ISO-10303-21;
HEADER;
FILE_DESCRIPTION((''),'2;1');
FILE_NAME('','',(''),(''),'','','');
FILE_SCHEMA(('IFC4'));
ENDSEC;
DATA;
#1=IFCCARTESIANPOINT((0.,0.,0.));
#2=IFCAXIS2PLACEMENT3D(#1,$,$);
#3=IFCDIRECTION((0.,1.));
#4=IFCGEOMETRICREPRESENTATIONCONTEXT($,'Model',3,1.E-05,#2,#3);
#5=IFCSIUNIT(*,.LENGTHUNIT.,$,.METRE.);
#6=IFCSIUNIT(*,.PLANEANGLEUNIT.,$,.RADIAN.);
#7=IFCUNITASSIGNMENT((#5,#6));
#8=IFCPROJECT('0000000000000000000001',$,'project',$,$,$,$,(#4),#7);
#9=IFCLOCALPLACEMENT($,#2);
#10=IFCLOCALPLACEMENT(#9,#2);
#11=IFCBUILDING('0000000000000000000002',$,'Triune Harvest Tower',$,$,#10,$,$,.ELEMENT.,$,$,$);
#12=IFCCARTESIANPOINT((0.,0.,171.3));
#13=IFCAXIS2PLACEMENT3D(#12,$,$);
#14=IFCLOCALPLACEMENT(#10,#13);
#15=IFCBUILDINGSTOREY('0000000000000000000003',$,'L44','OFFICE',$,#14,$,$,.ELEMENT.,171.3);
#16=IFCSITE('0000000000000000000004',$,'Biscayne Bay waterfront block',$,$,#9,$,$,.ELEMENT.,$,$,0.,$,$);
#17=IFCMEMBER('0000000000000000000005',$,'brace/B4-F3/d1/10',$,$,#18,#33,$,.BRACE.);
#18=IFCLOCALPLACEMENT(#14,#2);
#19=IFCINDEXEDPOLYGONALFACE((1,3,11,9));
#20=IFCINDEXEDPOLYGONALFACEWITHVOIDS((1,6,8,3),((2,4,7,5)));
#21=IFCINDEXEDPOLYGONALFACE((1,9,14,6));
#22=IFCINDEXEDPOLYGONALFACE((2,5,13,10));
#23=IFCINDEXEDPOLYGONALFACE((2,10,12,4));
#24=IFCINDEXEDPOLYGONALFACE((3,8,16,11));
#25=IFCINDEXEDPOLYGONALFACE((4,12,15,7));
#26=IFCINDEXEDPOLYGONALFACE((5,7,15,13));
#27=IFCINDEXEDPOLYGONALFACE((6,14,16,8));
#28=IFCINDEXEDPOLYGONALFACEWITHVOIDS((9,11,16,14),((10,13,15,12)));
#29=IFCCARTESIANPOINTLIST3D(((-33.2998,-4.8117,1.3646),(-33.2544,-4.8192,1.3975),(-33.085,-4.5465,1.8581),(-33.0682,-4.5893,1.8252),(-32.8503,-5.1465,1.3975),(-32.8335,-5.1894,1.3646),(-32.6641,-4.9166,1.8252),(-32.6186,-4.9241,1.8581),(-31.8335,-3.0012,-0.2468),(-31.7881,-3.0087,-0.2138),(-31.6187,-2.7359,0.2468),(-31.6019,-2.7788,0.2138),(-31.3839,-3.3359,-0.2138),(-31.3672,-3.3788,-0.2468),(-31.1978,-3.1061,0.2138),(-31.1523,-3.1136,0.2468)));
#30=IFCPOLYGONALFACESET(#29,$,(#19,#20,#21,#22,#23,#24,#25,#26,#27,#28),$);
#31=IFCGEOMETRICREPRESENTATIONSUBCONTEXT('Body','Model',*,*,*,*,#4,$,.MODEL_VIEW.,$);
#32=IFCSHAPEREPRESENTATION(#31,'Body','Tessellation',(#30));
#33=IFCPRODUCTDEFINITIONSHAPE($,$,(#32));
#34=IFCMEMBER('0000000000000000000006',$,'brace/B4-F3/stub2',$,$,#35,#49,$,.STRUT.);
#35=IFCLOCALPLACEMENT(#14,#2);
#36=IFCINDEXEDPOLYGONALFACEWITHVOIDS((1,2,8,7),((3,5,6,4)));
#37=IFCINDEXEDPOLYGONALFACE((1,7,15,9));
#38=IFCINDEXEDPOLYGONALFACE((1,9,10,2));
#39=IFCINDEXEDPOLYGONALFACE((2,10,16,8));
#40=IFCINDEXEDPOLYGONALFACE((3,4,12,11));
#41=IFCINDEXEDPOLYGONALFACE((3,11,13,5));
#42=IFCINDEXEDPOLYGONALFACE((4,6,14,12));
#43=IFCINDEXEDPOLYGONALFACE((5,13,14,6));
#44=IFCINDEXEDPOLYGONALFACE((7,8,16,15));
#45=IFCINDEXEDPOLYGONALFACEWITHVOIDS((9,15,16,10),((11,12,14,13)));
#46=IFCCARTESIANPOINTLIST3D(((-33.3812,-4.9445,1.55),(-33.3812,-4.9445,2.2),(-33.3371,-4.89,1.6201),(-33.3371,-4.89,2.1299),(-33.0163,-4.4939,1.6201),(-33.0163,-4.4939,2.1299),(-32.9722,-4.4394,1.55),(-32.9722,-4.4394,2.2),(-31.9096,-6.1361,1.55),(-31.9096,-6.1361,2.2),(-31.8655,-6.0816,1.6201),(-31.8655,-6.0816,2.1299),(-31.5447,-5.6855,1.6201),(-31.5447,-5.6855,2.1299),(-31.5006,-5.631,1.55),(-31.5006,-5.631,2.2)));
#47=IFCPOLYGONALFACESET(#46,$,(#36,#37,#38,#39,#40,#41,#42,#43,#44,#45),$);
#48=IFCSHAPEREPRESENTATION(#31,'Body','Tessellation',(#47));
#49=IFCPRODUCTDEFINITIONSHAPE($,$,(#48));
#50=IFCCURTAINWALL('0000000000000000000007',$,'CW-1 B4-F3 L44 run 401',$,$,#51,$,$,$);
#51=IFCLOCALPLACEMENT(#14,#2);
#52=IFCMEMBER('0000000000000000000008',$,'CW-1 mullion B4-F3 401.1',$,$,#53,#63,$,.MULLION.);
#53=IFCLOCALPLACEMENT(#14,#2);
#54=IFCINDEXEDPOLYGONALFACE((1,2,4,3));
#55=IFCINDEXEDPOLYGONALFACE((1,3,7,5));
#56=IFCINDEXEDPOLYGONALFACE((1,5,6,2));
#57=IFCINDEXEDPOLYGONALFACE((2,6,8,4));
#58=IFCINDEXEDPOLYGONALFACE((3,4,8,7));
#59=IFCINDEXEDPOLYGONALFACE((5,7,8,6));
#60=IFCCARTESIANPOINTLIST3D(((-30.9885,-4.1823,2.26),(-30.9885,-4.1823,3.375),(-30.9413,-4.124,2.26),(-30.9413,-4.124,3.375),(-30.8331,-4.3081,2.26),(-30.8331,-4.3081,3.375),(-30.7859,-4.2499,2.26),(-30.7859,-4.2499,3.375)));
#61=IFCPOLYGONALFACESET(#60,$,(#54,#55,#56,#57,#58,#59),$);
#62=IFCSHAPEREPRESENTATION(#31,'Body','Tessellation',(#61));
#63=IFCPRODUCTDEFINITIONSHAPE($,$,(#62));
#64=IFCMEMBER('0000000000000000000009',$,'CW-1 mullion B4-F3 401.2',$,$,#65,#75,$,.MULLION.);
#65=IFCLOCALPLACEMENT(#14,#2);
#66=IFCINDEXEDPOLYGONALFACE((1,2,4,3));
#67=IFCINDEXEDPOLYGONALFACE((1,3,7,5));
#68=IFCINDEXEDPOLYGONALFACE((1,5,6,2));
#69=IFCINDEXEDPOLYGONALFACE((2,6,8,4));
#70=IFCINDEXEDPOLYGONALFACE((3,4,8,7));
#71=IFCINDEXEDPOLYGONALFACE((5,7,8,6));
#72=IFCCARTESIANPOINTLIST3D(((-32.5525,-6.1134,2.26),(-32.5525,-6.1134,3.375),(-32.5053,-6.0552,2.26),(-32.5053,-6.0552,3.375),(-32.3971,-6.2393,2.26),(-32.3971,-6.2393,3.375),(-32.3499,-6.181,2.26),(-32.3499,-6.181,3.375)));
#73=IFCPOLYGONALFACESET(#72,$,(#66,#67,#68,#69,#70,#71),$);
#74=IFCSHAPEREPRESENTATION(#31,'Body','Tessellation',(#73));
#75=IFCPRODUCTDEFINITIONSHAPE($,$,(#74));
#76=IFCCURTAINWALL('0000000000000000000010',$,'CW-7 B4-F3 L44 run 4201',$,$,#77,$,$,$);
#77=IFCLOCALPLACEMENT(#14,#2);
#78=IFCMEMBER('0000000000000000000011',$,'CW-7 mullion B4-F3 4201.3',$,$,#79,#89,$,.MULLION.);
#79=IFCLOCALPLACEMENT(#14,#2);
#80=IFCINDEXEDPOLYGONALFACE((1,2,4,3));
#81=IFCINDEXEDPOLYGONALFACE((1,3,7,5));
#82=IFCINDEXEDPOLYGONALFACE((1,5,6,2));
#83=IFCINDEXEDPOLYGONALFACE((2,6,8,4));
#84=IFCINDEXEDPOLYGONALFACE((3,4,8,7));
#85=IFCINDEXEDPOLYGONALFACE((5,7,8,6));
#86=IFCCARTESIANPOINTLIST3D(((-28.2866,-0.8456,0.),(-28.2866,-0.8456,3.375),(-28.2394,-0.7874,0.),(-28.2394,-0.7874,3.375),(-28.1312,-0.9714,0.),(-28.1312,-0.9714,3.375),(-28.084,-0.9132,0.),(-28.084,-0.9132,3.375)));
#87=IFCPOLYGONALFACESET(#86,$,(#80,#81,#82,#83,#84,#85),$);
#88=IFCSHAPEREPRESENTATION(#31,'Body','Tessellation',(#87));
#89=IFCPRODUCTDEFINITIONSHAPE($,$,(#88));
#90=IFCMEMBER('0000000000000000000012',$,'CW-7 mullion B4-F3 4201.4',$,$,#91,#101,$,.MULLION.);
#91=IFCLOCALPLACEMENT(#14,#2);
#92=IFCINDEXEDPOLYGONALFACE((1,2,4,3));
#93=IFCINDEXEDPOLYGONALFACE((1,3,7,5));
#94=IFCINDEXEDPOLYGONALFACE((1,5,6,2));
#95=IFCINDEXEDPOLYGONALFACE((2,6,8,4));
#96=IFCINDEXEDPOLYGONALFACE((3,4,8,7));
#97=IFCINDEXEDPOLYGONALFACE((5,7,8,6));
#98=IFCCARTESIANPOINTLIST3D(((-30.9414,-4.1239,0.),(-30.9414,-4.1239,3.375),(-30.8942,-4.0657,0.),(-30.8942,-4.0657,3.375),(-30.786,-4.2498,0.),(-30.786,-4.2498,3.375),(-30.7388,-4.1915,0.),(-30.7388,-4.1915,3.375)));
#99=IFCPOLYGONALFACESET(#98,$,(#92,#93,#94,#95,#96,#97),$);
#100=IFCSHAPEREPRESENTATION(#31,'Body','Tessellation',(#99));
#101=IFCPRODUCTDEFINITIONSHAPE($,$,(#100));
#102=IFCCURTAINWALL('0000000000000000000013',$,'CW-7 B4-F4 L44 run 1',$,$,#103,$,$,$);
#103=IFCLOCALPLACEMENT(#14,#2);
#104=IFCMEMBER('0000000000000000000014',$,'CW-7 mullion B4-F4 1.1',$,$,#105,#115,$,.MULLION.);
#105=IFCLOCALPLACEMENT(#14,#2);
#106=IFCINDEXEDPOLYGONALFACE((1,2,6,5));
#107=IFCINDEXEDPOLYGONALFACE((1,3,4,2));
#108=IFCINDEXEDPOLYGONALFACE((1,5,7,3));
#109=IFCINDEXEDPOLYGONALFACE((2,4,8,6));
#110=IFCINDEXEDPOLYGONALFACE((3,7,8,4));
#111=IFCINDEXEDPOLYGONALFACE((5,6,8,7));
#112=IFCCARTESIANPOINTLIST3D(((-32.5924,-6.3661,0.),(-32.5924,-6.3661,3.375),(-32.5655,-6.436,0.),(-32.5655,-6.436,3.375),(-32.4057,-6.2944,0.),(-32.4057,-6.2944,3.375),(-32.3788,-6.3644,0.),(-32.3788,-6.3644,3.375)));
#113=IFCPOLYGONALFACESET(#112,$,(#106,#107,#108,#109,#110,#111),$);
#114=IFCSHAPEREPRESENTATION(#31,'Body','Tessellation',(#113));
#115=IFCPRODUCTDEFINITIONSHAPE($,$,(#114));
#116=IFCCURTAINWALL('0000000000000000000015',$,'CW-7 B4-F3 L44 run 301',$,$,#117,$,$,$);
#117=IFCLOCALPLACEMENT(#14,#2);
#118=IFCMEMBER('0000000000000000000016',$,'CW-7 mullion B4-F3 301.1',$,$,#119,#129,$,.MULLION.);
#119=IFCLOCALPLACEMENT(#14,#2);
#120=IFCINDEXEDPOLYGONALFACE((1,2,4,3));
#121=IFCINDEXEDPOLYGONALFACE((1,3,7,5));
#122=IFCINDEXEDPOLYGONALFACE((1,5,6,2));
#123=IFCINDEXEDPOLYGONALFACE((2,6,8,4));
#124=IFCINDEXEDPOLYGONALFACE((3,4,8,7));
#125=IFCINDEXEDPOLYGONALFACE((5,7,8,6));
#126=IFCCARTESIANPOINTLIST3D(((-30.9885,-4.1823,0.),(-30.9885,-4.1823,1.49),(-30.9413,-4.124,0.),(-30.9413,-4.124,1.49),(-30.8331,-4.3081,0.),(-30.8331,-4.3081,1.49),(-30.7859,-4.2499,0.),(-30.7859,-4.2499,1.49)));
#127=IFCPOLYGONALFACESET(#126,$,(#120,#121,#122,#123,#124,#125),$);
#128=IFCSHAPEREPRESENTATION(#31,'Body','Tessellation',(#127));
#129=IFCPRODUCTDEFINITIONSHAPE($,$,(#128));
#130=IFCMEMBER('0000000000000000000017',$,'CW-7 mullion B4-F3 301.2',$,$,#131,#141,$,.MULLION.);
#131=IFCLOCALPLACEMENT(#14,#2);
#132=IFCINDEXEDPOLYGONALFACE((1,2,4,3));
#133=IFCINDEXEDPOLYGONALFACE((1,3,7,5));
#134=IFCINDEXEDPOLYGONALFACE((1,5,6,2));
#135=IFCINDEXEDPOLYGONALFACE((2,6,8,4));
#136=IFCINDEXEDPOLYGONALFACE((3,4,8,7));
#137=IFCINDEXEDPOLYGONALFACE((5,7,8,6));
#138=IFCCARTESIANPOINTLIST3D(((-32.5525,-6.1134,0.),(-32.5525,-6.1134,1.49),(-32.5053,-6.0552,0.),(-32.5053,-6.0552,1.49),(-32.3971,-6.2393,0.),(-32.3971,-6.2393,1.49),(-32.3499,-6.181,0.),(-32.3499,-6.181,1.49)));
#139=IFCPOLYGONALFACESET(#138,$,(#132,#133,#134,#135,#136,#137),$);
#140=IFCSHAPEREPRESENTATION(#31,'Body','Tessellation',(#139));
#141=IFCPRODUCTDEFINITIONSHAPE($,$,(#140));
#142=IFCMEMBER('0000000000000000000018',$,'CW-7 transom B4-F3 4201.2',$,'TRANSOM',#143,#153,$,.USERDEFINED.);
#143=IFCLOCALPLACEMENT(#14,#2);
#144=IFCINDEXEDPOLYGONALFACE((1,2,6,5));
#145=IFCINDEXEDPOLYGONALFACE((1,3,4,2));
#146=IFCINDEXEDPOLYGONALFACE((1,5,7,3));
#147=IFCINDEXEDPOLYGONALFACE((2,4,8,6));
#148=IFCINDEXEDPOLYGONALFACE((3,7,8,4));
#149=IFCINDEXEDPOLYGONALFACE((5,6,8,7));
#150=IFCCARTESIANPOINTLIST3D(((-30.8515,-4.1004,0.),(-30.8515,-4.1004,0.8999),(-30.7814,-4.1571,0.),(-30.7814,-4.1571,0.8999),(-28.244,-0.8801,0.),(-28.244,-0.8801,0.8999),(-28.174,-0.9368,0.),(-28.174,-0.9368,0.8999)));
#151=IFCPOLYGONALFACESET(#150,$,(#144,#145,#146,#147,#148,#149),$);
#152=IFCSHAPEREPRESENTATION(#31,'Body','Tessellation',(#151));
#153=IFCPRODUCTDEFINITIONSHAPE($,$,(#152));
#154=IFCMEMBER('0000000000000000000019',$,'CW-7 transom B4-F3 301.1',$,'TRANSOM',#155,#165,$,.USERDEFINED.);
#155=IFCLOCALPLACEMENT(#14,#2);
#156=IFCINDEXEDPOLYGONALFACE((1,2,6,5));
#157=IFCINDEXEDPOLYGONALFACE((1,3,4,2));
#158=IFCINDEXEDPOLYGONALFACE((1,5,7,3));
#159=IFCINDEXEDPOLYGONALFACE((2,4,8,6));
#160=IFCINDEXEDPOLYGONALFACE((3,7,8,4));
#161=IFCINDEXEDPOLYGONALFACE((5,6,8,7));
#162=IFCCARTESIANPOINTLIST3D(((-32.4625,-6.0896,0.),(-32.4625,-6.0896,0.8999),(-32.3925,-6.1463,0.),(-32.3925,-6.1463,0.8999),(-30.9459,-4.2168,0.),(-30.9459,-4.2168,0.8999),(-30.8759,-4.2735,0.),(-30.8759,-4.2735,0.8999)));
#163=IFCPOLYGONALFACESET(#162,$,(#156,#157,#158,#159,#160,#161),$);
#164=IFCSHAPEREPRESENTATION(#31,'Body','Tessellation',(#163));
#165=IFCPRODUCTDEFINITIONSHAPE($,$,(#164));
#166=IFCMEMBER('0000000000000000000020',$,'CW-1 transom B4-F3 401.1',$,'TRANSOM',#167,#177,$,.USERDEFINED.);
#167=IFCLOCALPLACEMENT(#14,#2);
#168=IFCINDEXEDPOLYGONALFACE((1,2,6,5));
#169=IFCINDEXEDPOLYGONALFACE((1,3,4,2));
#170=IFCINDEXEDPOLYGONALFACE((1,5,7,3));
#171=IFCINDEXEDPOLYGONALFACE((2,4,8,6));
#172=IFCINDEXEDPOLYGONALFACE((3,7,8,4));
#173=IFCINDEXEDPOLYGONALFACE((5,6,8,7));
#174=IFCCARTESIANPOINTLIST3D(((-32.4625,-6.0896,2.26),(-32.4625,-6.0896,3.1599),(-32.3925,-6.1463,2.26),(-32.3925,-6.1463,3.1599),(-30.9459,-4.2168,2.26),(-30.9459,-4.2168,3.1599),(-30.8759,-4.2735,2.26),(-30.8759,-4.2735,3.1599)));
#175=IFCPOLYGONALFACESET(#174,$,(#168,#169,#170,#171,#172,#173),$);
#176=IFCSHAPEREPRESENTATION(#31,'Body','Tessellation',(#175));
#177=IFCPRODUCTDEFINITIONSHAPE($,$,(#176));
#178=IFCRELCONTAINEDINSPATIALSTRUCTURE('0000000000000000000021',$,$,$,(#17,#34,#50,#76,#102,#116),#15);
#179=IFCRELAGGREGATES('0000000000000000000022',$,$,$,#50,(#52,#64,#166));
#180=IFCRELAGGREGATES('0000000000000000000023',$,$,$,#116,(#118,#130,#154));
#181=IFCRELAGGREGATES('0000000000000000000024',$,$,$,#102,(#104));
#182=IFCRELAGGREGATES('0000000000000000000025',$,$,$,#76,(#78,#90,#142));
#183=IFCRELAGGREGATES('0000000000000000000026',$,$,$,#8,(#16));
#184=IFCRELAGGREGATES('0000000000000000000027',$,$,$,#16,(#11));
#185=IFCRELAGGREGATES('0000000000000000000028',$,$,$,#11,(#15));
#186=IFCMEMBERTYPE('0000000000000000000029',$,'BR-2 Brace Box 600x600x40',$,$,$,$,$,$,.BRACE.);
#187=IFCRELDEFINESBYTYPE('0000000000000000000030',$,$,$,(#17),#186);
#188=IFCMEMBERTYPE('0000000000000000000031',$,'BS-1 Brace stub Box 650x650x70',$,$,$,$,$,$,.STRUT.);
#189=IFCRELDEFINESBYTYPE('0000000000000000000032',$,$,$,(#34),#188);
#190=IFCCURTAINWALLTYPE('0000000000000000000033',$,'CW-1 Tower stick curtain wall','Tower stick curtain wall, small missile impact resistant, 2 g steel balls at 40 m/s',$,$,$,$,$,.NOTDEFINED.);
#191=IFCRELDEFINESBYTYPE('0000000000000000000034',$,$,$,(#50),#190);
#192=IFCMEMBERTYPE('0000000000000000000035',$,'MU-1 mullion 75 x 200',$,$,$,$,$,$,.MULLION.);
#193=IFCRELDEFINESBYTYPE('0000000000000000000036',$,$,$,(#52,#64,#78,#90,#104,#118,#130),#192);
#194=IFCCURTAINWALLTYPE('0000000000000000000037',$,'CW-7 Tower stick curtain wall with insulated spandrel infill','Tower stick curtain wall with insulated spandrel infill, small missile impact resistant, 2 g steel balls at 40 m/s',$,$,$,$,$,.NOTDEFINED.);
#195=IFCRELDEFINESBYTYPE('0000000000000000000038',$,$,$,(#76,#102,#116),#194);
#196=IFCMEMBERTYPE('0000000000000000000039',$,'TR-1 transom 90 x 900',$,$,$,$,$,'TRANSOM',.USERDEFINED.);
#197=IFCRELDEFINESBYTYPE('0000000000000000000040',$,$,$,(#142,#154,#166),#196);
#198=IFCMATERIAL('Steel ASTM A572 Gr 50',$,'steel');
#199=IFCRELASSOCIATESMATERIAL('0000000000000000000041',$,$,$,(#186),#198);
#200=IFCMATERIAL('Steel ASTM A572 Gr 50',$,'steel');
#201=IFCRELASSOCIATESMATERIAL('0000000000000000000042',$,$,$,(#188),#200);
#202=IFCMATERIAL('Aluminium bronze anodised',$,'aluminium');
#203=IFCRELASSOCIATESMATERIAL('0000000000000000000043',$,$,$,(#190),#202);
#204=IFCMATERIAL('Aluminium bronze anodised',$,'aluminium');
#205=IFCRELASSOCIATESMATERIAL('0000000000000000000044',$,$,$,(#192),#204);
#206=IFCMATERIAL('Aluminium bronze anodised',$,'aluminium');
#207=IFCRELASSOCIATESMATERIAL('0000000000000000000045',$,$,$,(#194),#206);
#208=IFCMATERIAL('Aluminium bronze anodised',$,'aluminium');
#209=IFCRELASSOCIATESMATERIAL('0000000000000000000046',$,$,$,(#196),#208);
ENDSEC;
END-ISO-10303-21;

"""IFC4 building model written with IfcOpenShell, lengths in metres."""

from ifc_helpers import new_model, si_unit, direction, frame, origin, origin_2d, place, context, subcontext, project, spatial, rectangle, hollow_rectangle, extrude, source, transform, mapped, material, material_profile, profile_set, type_object, element, aggregate, save


model = new_model("IFC4")

# Units and contexts
model_context = context("Model", 3, precision=1e-05, world=origin(), true_north=direction((0.0, 1.0)))
body_context = subcontext(model_context, "Body", "Model", "MODEL_VIEW")
ifc_project = project(units=[si_unit("LENGTHUNIT", "METRE"), si_unit("PLANEANGLEUNIT", "RADIAN")], contexts=[model_context])

# Site, building, storey
site_placement = place(None, origin())
site = spatial("IfcSite", under=ifc_project, at=site_placement, Name="Biscayne Bay waterfront block", CompositionType="ELEMENT", RefElevation=0.0)
building_placement = place(site_placement, origin())
building = spatial("IfcBuilding", under=site, at=building_placement, Name="Triune Harvest Tower", CompositionType="ELEMENT")
storey_placement = place(building_placement, frame((0.0, 0.0, 171.3)))
storey = spatial("IfcBuildingStorey", under=building, at=storey_placement, Name="L44", Description="OFFICE", CompositionType="ELEMENT", Elevation=171.3)

# Members
ifc_material_1 = material(Name="Steel ASTM A572 Gr 50", Category="steel")
ifc_material_profile_1 = material_profile(ifc_material_1, hollow_rectangle(XDim=0.6001, YDim=0.6001, WallThickness=0.04, at=origin_2d()), Name="Box 600x600x40")
ifc_profile_set_1 = profile_set([ifc_material_profile_1], Name="Steel ASTM A572 Gr 50")
member_type_1 = type_object("IfcMemberType", Name="BR-2 Brace Box 600x600x40", PredefinedType="BRACE", material=ifc_profile_set_1)
shared_shape_1 = source(origin(), body_context, "Body", "SweptSolid", [
    extrude(hollow_rectangle(XDim=0.6001, YDim=0.6001, WallThickness=0.04, at=origin_2d()), origin(), (0.0, 0.0, 1.0), 2.8328),
])
member_1_placement = place(storey_placement, frame((-31.4929, -3.0574, 0.0), z_axis=(-0.517626, -0.639146, 0.56882), x_axis=(0.777113, -0.629361, 0.0)))
element("IfcMember", 1, at=member_1_placement, inside=storey, type_object=member_type_1, Name="brace/B4-F3/d1/10", PredefinedType="BRACE", context=body_context, shape_type="MappedRepresentation", body=[
    mapped(shared_shape_1, transform((0.0, 0.0, 0.0), scale=1.0)),
])
ifc_material_2 = material(Name="Steel ASTM A572 Gr 50", Category="steel")
ifc_material_profile_2 = material_profile(ifc_material_2, hollow_rectangle(XDim=0.6499, YDim=0.6499, WallThickness=0.0701, at=origin_2d()), Name="Box 650x650x70")
ifc_profile_set_2 = profile_set([ifc_material_profile_2], Name="Steel ASTM A572 Gr 50")
member_type_2 = type_object("IfcMemberType", Name="BS-1 Brace stub Box 650x650x70", PredefinedType="STRUT", material=ifc_profile_set_2)
shared_shape_2 = source(origin(), body_context, "Body", "SweptSolid", [
    extrude(hollow_rectangle(XDim=0.6499, YDim=0.6499, WallThickness=0.0701, at=origin_2d()), origin(), (0.0, 0.0, 1.0), 1.8936),
])
member_2_placement = place(storey_placement, frame((-31.7051, -5.8835, 1.875), z_axis=(-0.77717, 0.629291, 0.0), x_axis=(-0.629291, -0.77717, 0.0)))
element("IfcMember", 2, at=member_2_placement, inside=storey, type_object=member_type_2, Name="brace/B4-F3/stub2", PredefinedType="STRUT", context=body_context, shape_type="MappedRepresentation", body=[
    mapped(shared_shape_2, transform((0.0, 0.0, 0.0), scale=1.0)),
])

# Curtain walls, members
ifc_material_3 = material(Name="Aluminium bronze anodised", Category="aluminium")
curtain_wall_type_1 = type_object("IfcCurtainWallType", Name="CW-1 Tower stick curtain wall", Description="Tower stick curtain wall, small missile impact resistant, 2 g steel balls at 40 m/s", PredefinedType="NOTDEFINED", material=ifc_material_3)
curtain_wall_1_placement = place(storey_placement, origin())
curtain_wall_1 = element("IfcCurtainWall", 3, at=curtain_wall_1_placement, inside=storey, type_object=curtain_wall_type_1, Name="CW-1 B4-F3 L44 run 401")
ifc_material_4 = material(Name="Aluminium bronze anodised", Category="aluminium")
ifc_material_profile_3 = material_profile(ifc_material_4, rectangle(XDim=0.2, YDim=0.075, at=origin_2d()), Name="MU-1 mullion 75 x 200")
ifc_profile_set_3 = profile_set([ifc_material_profile_3], Name="Aluminium bronze anodised")
member_type_3 = type_object("IfcMemberType", Name="MU-1 mullion 75 x 200", PredefinedType="MULLION", material=ifc_profile_set_3)
shared_shape_3 = source(origin(), body_context, "Body", "SweptSolid", [
    extrude(rectangle(XDim=0.2, YDim=0.075, at=origin_2d()), origin(), (0.0, 0.0, 1.0), 1.115),
])
member_3_placement = place(storey_placement, frame((-30.8872, -4.2161, 2.26), z_axis=(0.0, 0.0, 1.0), x_axis=(0.777143, -0.629324, 0.0)))
member_3 = element("IfcMember", 4, at=member_3_placement, type_object=member_type_3, Name="CW-1 mullion B4-F3 401.1", PredefinedType="MULLION", context=body_context, shape_type="MappedRepresentation", body=[
    mapped(shared_shape_3, transform((0.0, 0.0, 0.0), scale=1.0)),
])
member_4_placement = place(storey_placement, frame((-32.4512, -6.1472, 2.26), z_axis=(0.0, 0.0, 1.0), x_axis=(0.777143, -0.629324, 0.0)))
member_4 = element("IfcMember", 5, at=member_4_placement, type_object=member_type_3, Name="CW-1 mullion B4-F3 401.2", PredefinedType="MULLION", context=body_context, shape_type="MappedRepresentation", body=[
    mapped(shared_shape_3, transform((0.0, 0.0, 0.0), scale=1.0)),
])
ifc_material_5 = material(Name="Aluminium bronze anodised", Category="aluminium")
curtain_wall_type_2 = type_object("IfcCurtainWallType", Name="CW-7 Tower stick curtain wall with insulated spandrel infill", Description="Tower stick curtain wall with insulated spandrel infill, small missile impact resistant, 2 g steel balls at 40 m/s", PredefinedType="NOTDEFINED", material=ifc_material_5)
curtain_wall_2_placement = place(storey_placement, origin())
curtain_wall_2 = element("IfcCurtainWall", 6, at=curtain_wall_2_placement, inside=storey, type_object=curtain_wall_type_2, Name="CW-7 B4-F3 L44 run 4201")
shared_shape_4 = source(origin(), body_context, "Body", "SweptSolid", [
    extrude(rectangle(XDim=0.2, YDim=0.075, at=origin_2d()), origin(), (0.0, 0.0, 1.0), 3.375),
])
member_5_placement = place(storey_placement, frame((-28.1853, -0.8794, 0.0), z_axis=(0.0, 0.0, 1.0), x_axis=(0.777147, -0.629319, 0.0)))
member_5 = element("IfcMember", 7, at=member_5_placement, type_object=member_type_3, Name="CW-7 mullion B4-F3 4201.3", PredefinedType="MULLION", context=body_context, shape_type="MappedRepresentation", body=[
    mapped(shared_shape_4, transform((0.0, 0.0, 0.0), scale=1.0)),
])
member_6_placement = place(storey_placement, frame((-30.8401, -4.1577, 0.0), z_axis=(0.0, 0.0, 1.0), x_axis=(0.777147, -0.629319, 0.0)))
member_6 = element("IfcMember", 8, at=member_6_placement, type_object=member_type_3, Name="CW-7 mullion B4-F3 4201.4", PredefinedType="MULLION", context=body_context, shape_type="MappedRepresentation", body=[
    mapped(shared_shape_4, transform((0.0, 0.0, 0.0), scale=1.0)),
])

# Curtain wall, member
curtain_wall_3_placement = place(storey_placement, origin())
curtain_wall_3 = element("IfcCurtainWall", 9, at=curtain_wall_3_placement, inside=storey, type_object=curtain_wall_type_2, Name="CW-7 B4-F4 L44 run 1")
member_7_placement = place(storey_placement, frame((-32.4856, -6.3652, 0.0), z_axis=(0.0, 0.0, 1.0), x_axis=(0.933583, 0.358362, 0.0)))
member_7 = element("IfcMember", 10, at=member_7_placement, type_object=member_type_3, Name="CW-7 mullion B4-F4 1.1", PredefinedType="MULLION", context=body_context, shape_type="MappedRepresentation", body=[
    mapped(shared_shape_4, transform((0.0, 0.0, 0.0), scale=1.0)),
])

# Curtain wall, members
curtain_wall_4_placement = place(storey_placement, origin())
curtain_wall_4 = element("IfcCurtainWall", 11, at=curtain_wall_4_placement, inside=storey, type_object=curtain_wall_type_2, Name="CW-7 B4-F3 L44 run 301")
shared_shape_5 = source(origin(), body_context, "Body", "SweptSolid", [
    extrude(rectangle(XDim=0.2, YDim=0.075, at=origin_2d()), origin(), (0.0, 0.0, 1.0), 1.49),
])
member_8_placement = place(storey_placement, frame((-30.8872, -4.2161, 0.0), z_axis=(0.0, 0.0, 1.0), x_axis=(0.777143, -0.629324, 0.0)))
member_8 = element("IfcMember", 12, at=member_8_placement, type_object=member_type_3, Name="CW-7 mullion B4-F3 301.1", PredefinedType="MULLION", context=body_context, shape_type="MappedRepresentation", body=[
    mapped(shared_shape_5, transform((0.0, 0.0, 0.0), scale=1.0)),
])
member_9_placement = place(storey_placement, frame((-32.4512, -6.1472, 0.0), z_axis=(0.0, 0.0, 1.0), x_axis=(0.777143, -0.629324, 0.0)))
member_9 = element("IfcMember", 13, at=member_9_placement, type_object=member_type_3, Name="CW-7 mullion B4-F3 301.2", PredefinedType="MULLION", context=body_context, shape_type="MappedRepresentation", body=[
    mapped(shared_shape_5, transform((0.0, 0.0, 0.0), scale=1.0)),
])

# Members
ifc_material_6 = material(Name="Aluminium bronze anodised", Category="aluminium")
ifc_material_profile_4 = material_profile(ifc_material_6, rectangle(XDim=0.0901, YDim=0.8999, at=origin_2d()), Name="TR-1 transom 90 x 900")
ifc_profile_set_4 = profile_set([ifc_material_profile_4], Name="Aluminium bronze anodised")
member_type_4 = type_object("IfcMemberType", Name="TR-1 transom 90 x 900", ElementType="TRANSOM", PredefinedType="USERDEFINED", material=ifc_profile_set_4)
shared_shape_6 = source(origin(), body_context, "Body", "SweptSolid", [
    extrude(rectangle(XDim=0.0901, YDim=0.8999, at=origin_2d()), origin(), (0.0, 0.0, 1.0), 4.1436),
])
member_10_placement = place(storey_placement, frame((-28.209, -0.9084, 0.45), z_axis=(-0.629283, -0.777176, 0.0), x_axis=(0.777176, -0.629283, 0.0)))
member_10 = element("IfcMember", 14, at=member_10_placement, type_object=member_type_4, Name="CW-7 transom B4-F3 4201.2", ObjectType="TRANSOM", PredefinedType="USERDEFINED", context=body_context, shape_type="MappedRepresentation", body=[
    mapped(shared_shape_6, transform((0.0, 0.0, 0.0), scale=1.0)),
])
shared_shape_7 = source(origin(), body_context, "Body", "SweptSolid", [
    extrude(rectangle(XDim=0.0901, YDim=0.8999, at=origin_2d()), origin(), (0.0, 0.0, 1.0), 2.4099),
])
member_11_placement = place(storey_placement, frame((-30.9109, -4.2451, 0.45), z_axis=(-0.629329, -0.777139, 0.0), x_axis=(0.777139, -0.629329, 0.0)))
member_11 = element("IfcMember", 15, at=member_11_placement, type_object=member_type_4, Name="CW-7 transom B4-F3 301.1", ObjectType="TRANSOM", PredefinedType="USERDEFINED", context=body_context, shape_type="MappedRepresentation", body=[
    mapped(shared_shape_7, transform((0.0, 0.0, 0.0), scale=1.0)),
])
member_12_placement = place(storey_placement, frame((-30.9109, -4.2451, 2.71), z_axis=(-0.629329, -0.777139, 0.0), x_axis=(0.777139, -0.629329, 0.0)))
member_12 = element("IfcMember", 16, at=member_12_placement, type_object=member_type_4, Name="CW-1 transom B4-F3 401.1", ObjectType="TRANSOM", PredefinedType="USERDEFINED", context=body_context, shape_type="MappedRepresentation", body=[
    mapped(shared_shape_7, transform((0.0, 0.0, 0.0), scale=1.0)),
])

aggregate(curtain_wall_1, [member_3, member_4, member_12])
aggregate(curtain_wall_4, [member_8, member_9, member_11])
aggregate(curtain_wall_3, [member_7])
aggregate(curtain_wall_2, [member_5, member_6, member_10])

save(model, "model.ifc")
